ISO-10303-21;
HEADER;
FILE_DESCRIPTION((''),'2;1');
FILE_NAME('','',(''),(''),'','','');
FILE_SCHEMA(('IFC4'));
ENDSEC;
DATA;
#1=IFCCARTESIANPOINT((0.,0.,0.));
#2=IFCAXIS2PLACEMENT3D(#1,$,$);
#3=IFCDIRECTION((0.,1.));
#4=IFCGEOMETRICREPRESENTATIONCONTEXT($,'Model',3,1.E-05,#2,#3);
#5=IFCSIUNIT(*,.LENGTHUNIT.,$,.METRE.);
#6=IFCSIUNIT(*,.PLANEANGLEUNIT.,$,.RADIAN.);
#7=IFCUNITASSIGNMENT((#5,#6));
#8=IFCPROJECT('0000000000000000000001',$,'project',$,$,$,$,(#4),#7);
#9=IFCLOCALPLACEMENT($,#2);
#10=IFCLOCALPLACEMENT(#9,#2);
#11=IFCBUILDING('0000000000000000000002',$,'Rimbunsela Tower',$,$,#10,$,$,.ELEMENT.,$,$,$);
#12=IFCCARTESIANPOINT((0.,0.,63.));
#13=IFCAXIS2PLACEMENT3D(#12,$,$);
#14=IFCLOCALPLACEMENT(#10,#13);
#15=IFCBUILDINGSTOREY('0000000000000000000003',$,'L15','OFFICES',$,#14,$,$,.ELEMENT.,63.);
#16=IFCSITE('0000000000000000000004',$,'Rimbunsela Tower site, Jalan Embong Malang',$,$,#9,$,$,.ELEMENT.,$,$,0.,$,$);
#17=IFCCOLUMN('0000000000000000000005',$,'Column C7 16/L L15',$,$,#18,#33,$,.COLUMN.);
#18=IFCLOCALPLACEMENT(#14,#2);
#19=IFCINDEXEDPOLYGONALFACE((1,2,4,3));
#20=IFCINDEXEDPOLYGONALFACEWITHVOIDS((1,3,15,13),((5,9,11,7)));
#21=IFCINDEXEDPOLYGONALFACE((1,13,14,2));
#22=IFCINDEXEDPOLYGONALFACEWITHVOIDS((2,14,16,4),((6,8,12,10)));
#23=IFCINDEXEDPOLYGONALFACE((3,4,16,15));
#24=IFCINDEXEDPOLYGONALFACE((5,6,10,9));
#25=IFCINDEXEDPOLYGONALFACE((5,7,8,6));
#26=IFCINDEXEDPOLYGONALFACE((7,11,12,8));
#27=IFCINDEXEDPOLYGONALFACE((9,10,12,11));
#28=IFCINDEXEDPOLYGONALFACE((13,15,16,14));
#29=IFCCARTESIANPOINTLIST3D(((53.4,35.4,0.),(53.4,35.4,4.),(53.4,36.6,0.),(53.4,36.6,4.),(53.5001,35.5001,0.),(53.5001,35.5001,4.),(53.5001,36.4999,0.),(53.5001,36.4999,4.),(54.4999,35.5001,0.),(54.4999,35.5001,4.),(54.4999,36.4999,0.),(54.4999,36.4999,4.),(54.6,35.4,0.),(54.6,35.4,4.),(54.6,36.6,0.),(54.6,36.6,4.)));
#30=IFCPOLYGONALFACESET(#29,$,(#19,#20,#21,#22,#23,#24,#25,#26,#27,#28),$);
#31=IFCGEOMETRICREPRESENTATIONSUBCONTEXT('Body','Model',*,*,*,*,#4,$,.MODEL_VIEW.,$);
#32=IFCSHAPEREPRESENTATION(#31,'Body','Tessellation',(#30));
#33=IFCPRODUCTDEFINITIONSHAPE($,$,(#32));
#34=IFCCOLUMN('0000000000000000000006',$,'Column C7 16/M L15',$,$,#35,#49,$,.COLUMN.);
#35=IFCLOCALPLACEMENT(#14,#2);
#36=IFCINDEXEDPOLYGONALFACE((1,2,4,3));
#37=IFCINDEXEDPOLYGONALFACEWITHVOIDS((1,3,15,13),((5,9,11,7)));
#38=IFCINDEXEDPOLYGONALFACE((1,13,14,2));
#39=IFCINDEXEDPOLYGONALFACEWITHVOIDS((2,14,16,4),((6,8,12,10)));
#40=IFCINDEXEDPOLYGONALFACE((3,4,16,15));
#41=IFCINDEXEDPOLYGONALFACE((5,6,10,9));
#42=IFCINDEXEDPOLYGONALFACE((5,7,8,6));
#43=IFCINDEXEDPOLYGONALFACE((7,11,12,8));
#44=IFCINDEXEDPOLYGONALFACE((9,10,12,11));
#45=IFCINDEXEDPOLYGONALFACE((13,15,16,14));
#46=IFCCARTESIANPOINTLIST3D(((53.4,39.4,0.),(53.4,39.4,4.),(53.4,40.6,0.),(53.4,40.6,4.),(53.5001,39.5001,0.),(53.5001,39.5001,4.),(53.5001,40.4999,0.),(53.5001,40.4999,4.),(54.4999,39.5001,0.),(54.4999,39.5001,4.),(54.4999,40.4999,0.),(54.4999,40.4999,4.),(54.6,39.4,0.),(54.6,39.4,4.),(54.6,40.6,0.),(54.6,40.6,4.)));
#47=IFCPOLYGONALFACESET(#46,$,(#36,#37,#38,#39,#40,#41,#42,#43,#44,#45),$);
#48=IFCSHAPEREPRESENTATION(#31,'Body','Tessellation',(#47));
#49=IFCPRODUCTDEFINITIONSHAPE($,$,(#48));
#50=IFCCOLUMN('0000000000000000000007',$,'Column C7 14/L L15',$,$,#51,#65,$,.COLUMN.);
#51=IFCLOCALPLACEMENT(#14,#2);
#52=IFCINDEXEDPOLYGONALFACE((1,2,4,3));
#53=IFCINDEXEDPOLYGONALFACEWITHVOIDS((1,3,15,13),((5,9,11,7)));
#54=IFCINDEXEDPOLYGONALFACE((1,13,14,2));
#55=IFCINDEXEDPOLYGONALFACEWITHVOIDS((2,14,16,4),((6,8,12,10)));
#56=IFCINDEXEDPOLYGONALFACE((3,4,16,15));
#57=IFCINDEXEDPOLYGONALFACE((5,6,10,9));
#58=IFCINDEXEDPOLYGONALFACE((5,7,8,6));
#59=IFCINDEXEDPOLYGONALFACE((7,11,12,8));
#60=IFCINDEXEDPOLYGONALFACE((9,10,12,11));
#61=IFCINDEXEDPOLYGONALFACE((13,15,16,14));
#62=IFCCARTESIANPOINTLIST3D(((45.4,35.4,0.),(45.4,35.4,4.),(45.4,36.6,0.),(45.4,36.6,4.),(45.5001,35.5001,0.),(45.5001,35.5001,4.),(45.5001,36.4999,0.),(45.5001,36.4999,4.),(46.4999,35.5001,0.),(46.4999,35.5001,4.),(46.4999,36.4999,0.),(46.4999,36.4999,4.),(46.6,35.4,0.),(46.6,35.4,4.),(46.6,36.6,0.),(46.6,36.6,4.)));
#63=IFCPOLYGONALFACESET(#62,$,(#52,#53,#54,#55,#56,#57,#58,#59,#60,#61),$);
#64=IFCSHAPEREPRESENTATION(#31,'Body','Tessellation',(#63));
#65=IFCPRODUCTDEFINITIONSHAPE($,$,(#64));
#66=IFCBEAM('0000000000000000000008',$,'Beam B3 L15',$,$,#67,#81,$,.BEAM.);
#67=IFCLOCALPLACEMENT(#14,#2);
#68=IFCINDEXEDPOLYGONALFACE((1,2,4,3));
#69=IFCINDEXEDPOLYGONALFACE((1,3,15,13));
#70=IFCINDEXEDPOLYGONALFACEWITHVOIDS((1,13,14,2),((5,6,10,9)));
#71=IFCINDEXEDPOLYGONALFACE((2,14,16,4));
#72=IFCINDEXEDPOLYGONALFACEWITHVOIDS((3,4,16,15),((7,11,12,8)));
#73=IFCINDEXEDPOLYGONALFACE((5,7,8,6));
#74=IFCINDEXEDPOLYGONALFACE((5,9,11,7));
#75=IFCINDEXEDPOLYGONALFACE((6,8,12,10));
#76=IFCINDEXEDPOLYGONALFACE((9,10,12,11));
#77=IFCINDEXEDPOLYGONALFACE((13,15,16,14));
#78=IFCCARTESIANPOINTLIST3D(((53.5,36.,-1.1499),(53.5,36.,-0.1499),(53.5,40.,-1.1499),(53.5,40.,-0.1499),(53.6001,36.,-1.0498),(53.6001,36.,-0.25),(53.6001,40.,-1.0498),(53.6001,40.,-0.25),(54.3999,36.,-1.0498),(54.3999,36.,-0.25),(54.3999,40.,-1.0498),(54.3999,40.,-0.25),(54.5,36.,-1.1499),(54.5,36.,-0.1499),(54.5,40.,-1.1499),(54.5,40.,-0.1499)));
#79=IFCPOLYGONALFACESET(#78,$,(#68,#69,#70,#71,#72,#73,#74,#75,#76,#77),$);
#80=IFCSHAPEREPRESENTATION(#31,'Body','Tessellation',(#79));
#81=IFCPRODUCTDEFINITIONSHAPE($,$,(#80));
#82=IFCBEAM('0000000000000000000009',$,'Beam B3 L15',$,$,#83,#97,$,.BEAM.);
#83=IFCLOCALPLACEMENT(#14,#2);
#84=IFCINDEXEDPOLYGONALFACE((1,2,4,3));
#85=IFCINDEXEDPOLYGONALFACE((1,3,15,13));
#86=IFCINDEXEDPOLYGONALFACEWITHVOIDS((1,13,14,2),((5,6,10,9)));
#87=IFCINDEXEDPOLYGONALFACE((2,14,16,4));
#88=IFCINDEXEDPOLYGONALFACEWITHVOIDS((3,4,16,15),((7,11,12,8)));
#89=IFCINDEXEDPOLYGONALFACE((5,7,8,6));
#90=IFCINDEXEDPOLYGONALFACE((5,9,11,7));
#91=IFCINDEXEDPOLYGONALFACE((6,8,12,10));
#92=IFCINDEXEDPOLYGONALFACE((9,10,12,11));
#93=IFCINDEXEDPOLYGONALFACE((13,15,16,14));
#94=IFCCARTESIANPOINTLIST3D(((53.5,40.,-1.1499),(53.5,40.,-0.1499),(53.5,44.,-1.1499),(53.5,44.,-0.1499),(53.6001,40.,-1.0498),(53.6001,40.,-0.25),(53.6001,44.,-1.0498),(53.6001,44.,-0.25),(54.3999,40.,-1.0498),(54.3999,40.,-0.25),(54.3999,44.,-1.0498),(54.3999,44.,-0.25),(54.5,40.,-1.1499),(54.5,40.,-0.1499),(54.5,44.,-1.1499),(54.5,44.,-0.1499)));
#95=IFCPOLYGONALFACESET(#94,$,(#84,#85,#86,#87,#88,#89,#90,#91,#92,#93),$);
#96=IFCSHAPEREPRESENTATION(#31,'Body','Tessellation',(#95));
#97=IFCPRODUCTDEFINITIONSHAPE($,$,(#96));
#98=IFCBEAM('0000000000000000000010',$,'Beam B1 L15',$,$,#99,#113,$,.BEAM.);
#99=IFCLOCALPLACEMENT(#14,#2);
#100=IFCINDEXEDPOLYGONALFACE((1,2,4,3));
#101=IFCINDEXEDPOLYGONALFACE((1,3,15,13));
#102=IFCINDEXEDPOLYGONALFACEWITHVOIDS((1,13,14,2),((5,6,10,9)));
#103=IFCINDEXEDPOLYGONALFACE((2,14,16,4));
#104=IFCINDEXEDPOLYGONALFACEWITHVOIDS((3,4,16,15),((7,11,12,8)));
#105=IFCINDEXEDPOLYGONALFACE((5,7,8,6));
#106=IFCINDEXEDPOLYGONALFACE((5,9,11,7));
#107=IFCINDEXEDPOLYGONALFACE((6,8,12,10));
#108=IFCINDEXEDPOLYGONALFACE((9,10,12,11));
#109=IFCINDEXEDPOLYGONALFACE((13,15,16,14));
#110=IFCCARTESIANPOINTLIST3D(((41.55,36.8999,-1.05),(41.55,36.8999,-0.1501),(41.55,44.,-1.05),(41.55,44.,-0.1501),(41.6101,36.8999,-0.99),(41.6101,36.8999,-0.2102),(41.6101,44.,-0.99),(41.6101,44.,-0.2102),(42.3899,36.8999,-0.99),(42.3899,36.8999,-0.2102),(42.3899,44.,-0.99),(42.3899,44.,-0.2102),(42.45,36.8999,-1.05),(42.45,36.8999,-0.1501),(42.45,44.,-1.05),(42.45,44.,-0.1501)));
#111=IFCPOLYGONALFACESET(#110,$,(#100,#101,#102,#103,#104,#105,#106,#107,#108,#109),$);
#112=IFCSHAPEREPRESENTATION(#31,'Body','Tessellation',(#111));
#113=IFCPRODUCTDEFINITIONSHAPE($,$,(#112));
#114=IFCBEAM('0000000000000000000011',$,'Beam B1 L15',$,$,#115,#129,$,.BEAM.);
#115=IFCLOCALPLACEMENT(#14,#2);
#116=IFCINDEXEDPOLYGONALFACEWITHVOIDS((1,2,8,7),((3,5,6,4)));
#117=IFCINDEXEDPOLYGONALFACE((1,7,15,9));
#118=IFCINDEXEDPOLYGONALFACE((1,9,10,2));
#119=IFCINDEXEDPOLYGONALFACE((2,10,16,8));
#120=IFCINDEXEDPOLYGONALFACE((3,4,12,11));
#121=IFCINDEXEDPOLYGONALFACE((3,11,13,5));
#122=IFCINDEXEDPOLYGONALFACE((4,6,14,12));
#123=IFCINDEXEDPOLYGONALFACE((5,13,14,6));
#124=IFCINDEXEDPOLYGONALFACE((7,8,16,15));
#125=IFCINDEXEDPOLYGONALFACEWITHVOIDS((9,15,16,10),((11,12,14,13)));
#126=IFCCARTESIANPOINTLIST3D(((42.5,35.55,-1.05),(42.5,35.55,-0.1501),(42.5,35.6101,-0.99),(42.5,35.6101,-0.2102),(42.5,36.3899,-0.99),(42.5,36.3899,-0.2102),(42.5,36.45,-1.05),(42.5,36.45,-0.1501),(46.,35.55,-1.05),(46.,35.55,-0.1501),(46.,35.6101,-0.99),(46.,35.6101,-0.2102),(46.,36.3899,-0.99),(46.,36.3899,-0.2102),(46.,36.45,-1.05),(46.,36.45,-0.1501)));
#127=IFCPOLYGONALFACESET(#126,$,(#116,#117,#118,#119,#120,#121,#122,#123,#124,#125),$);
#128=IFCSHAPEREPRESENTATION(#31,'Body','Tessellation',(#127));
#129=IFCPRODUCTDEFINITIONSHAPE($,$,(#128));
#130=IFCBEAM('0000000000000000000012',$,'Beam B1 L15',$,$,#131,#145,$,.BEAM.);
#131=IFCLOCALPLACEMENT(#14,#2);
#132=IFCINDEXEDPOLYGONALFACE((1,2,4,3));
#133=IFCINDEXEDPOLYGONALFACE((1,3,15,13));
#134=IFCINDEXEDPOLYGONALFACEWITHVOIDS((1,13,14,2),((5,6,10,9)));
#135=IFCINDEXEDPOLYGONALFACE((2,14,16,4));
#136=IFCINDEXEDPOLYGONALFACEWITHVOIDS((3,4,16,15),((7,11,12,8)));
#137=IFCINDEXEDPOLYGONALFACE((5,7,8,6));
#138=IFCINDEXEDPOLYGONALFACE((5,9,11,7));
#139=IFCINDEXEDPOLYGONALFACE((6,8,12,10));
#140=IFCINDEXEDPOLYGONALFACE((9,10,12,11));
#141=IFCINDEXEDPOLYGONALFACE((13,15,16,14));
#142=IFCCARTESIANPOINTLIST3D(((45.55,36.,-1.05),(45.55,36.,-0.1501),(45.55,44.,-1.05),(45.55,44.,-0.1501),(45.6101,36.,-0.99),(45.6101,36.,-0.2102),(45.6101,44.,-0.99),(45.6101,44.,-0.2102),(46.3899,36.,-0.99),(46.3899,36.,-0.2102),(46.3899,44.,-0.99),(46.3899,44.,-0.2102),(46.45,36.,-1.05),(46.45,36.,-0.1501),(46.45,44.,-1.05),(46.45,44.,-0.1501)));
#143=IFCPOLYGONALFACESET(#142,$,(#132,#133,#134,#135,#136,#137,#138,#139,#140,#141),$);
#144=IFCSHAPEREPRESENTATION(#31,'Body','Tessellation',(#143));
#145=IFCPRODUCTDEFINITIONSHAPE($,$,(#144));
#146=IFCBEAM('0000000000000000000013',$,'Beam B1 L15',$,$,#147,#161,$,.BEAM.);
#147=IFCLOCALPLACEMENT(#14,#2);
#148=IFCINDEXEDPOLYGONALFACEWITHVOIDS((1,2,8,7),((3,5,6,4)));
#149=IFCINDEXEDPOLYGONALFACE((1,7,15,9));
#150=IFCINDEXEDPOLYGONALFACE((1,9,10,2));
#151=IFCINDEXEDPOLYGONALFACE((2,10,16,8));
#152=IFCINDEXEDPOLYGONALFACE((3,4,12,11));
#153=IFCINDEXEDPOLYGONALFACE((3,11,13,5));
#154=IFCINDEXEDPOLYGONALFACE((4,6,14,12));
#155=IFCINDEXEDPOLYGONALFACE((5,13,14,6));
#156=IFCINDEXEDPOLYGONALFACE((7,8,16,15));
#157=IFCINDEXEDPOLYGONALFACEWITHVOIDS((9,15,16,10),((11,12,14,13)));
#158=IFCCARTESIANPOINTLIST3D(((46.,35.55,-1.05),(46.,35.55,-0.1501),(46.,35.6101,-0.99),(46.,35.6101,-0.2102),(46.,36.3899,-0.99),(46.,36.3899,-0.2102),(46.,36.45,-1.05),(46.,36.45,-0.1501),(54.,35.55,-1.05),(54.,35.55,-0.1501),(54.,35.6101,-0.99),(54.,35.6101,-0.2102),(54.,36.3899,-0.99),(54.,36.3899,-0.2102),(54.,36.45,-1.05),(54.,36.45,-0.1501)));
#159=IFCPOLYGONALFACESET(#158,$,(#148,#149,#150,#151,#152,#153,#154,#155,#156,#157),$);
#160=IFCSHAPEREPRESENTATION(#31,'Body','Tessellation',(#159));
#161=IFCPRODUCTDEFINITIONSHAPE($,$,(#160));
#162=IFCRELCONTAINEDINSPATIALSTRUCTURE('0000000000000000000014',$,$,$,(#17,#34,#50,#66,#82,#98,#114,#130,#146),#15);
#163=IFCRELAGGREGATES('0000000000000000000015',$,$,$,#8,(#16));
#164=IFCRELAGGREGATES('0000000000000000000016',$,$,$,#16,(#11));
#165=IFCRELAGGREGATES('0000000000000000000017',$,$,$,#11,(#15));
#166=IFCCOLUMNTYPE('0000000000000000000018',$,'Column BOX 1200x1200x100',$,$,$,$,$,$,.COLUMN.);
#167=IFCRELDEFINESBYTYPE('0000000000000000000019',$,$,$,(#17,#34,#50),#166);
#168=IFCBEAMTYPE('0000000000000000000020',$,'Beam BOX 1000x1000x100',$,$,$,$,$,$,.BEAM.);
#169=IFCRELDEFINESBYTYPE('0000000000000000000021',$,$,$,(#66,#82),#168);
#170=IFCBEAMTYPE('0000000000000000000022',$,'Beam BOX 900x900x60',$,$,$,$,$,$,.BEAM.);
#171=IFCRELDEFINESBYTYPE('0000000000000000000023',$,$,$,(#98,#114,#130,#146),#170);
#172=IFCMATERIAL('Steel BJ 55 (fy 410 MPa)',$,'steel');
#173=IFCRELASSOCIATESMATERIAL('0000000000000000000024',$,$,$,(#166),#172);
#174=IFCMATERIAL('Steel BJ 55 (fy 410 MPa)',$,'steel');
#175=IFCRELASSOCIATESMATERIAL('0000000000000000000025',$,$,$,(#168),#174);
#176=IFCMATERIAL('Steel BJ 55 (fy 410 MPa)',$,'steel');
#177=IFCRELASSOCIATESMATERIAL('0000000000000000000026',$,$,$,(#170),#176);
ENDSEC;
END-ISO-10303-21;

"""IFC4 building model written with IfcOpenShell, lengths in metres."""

from ifc_helpers import new_model, si_unit, direction, frame, origin, origin_2d, place, context, subcontext, project, spatial, hollow_rectangle, extrude, material, material_profile, profile_set, type_object, element, save


model = new_model("IFC4")

# Units and contexts
model_context = context("Model", 3, precision=1e-05, world=origin(), true_north=direction((0.0, 1.0)))
body_context = subcontext(model_context, "Body", "Model", "MODEL_VIEW")
ifc_project = project(units=[si_unit("LENGTHUNIT", "METRE"), si_unit("PLANEANGLEUNIT", "RADIAN")], contexts=[model_context])

# Site, building, storey
site_placement = place(None, origin())
site = spatial("IfcSite", under=ifc_project, at=site_placement, Name="Rimbunsela Tower site, Jalan Embong Malang", CompositionType="ELEMENT", RefElevation=0.0)
building_placement = place(site_placement, origin())
building = spatial("IfcBuilding", under=site, at=building_placement, Name="Rimbunsela Tower", CompositionType="ELEMENT")
storey_placement = place(building_placement, frame((0.0, 0.0, 63.0)))
storey = spatial("IfcBuildingStorey", under=building, at=storey_placement, Name="L15", Description="OFFICES", CompositionType="ELEMENT", Elevation=63.0)

# Columns
ifc_material_1 = material(Name="Steel BJ 55 (fy 410 MPa)", Category="steel")
ifc_material_profile_1 = material_profile(ifc_material_1, hollow_rectangle(XDim=1.2, YDim=1.2, WallThickness=0.1001, at=origin_2d()), Name="BOX 1200x1200x100")
ifc_profile_set_1 = profile_set([ifc_material_profile_1], Name="Steel BJ 55 (fy 410 MPa)")
column_type = type_object("IfcColumnType", Name="Column BOX 1200x1200x100", PredefinedType="COLUMN", material=ifc_profile_set_1)
for number, where, z_axis, x_axis, name in (
    (1, (54.0, 36.0, 0.0), (0.0, 0.0, 1.0), (1.0, 0.0, 0.0), "Column C7 16/L L15"),
    (2, (54.0, 40.0, 0.0), (0.0, 0.0, 1.0), (1.0, 0.0, 0.0), "Column C7 16/M L15"),
    (3, (46.0, 36.0, 0.0), (0.0, 0.0, 1.0), (1.0, 0.0, 0.0), "Column C7 14/L L15"),
):
    element("IfcColumn", number, at=place(storey_placement, frame(where, z_axis=z_axis, x_axis=x_axis)), inside=storey, type_object=column_type, Name=name, PredefinedType="COLUMN", context=body_context, shape_type="SweptSolid", body=[
        extrude(hollow_rectangle(XDim=1.2, YDim=1.2, WallThickness=0.1001, at=origin_2d()), origin(), (0.0, 0.0, 1.0), 4.0),
    ])

# Beams
ifc_material_2 = material(Name="Steel BJ 55 (fy 410 MPa)", Category="steel")
ifc_material_profile_2 = material_profile(ifc_material_2, hollow_rectangle(XDim=1.0, YDim=1.0, WallThickness=0.1001, at=origin_2d()), Name="BOX 1000x1000x100")
ifc_profile_set_2 = profile_set([ifc_material_profile_2], Name="Steel BJ 55 (fy 410 MPa)")
beam_type_1 = type_object("IfcBeamType", Name="Beam BOX 1000x1000x100", PredefinedType="BEAM", material=ifc_profile_set_2)
for number, where, z_axis, x_axis, name in (
    (4, (54.0, 36.0, -0.6499), (0.0, 1.0, 0.0), (-1.0, 0.0, 0.0), "Beam B3 L15"),
    (5, (54.0, 40.0, -0.6499), (0.0, 1.0, 0.0), (-1.0, 0.0, 0.0), "Beam B3 L15"),
):
    element("IfcBeam", number, at=place(storey_placement, frame(where, z_axis=z_axis, x_axis=x_axis)), inside=storey, type_object=beam_type_1, Name=name, PredefinedType="BEAM", context=body_context, shape_type="SweptSolid", body=[
        extrude(hollow_rectangle(XDim=1.0, YDim=1.0, WallThickness=0.1001, at=origin_2d()), origin(), (0.0, 0.0, 1.0), 4.0),
    ])
ifc_material_3 = material(Name="Steel BJ 55 (fy 410 MPa)", Category="steel")
ifc_material_profile_3 = material_profile(ifc_material_3, hollow_rectangle(XDim=0.8999, YDim=0.8999, WallThickness=0.0601, at=origin_2d()), Name="BOX 900x900x60")
ifc_profile_set_3 = profile_set([ifc_material_profile_3], Name="Steel BJ 55 (fy 410 MPa)")
beam_type_2 = type_object("IfcBeamType", Name="Beam BOX 900x900x60", PredefinedType="BEAM", material=ifc_profile_set_3)
beam_1_placement = place(storey_placement, frame((42.0, 36.8999, -0.6001), z_axis=(0.0, 1.0, 0.0), x_axis=(-1.0, 0.0, 0.0)))
element("IfcBeam", 6, at=beam_1_placement, inside=storey, type_object=beam_type_2, Name="Beam B1 L15", PredefinedType="BEAM", context=body_context, shape_type="SweptSolid", body=[
    extrude(hollow_rectangle(XDim=0.8999, YDim=0.8999, WallThickness=0.0601, at=origin_2d()), origin(), (0.0, 0.0, 1.0), 7.1001),
])
beam_2_placement = place(storey_placement, frame((42.5, 36.0, -0.6001), z_axis=(1.0, 0.0, 0.0), x_axis=(0.0, 1.0, 0.0)))
element("IfcBeam", 7, at=beam_2_placement, inside=storey, type_object=beam_type_2, Name="Beam B1 L15", PredefinedType="BEAM", context=body_context, shape_type="SweptSolid", body=[
    extrude(hollow_rectangle(XDim=0.8999, YDim=0.8999, WallThickness=0.0601, at=origin_2d()), origin(), (0.0, 0.0, 1.0), 3.5),
])
for number, where, z_axis, x_axis, name in (
    (8, (46.0, 36.0, -0.6001), (0.0, 1.0, 0.0), (-1.0, 0.0, 0.0), "Beam B1 L15"),
    (9, (46.0, 36.0, -0.6001), (1.0, 0.0, 0.0), (0.0, 1.0, 0.0), "Beam B1 L15"),
):
    element("IfcBeam", number, at=place(storey_placement, frame(where, z_axis=z_axis, x_axis=x_axis)), inside=storey, type_object=beam_type_2, Name=name, PredefinedType="BEAM", context=body_context, shape_type="SweptSolid", body=[
        extrude(hollow_rectangle(XDim=0.8999, YDim=0.8999, WallThickness=0.0601, at=origin_2d()), origin(), (0.0, 0.0, 1.0), 8.0),
    ])

save(model, "model.ifc")
